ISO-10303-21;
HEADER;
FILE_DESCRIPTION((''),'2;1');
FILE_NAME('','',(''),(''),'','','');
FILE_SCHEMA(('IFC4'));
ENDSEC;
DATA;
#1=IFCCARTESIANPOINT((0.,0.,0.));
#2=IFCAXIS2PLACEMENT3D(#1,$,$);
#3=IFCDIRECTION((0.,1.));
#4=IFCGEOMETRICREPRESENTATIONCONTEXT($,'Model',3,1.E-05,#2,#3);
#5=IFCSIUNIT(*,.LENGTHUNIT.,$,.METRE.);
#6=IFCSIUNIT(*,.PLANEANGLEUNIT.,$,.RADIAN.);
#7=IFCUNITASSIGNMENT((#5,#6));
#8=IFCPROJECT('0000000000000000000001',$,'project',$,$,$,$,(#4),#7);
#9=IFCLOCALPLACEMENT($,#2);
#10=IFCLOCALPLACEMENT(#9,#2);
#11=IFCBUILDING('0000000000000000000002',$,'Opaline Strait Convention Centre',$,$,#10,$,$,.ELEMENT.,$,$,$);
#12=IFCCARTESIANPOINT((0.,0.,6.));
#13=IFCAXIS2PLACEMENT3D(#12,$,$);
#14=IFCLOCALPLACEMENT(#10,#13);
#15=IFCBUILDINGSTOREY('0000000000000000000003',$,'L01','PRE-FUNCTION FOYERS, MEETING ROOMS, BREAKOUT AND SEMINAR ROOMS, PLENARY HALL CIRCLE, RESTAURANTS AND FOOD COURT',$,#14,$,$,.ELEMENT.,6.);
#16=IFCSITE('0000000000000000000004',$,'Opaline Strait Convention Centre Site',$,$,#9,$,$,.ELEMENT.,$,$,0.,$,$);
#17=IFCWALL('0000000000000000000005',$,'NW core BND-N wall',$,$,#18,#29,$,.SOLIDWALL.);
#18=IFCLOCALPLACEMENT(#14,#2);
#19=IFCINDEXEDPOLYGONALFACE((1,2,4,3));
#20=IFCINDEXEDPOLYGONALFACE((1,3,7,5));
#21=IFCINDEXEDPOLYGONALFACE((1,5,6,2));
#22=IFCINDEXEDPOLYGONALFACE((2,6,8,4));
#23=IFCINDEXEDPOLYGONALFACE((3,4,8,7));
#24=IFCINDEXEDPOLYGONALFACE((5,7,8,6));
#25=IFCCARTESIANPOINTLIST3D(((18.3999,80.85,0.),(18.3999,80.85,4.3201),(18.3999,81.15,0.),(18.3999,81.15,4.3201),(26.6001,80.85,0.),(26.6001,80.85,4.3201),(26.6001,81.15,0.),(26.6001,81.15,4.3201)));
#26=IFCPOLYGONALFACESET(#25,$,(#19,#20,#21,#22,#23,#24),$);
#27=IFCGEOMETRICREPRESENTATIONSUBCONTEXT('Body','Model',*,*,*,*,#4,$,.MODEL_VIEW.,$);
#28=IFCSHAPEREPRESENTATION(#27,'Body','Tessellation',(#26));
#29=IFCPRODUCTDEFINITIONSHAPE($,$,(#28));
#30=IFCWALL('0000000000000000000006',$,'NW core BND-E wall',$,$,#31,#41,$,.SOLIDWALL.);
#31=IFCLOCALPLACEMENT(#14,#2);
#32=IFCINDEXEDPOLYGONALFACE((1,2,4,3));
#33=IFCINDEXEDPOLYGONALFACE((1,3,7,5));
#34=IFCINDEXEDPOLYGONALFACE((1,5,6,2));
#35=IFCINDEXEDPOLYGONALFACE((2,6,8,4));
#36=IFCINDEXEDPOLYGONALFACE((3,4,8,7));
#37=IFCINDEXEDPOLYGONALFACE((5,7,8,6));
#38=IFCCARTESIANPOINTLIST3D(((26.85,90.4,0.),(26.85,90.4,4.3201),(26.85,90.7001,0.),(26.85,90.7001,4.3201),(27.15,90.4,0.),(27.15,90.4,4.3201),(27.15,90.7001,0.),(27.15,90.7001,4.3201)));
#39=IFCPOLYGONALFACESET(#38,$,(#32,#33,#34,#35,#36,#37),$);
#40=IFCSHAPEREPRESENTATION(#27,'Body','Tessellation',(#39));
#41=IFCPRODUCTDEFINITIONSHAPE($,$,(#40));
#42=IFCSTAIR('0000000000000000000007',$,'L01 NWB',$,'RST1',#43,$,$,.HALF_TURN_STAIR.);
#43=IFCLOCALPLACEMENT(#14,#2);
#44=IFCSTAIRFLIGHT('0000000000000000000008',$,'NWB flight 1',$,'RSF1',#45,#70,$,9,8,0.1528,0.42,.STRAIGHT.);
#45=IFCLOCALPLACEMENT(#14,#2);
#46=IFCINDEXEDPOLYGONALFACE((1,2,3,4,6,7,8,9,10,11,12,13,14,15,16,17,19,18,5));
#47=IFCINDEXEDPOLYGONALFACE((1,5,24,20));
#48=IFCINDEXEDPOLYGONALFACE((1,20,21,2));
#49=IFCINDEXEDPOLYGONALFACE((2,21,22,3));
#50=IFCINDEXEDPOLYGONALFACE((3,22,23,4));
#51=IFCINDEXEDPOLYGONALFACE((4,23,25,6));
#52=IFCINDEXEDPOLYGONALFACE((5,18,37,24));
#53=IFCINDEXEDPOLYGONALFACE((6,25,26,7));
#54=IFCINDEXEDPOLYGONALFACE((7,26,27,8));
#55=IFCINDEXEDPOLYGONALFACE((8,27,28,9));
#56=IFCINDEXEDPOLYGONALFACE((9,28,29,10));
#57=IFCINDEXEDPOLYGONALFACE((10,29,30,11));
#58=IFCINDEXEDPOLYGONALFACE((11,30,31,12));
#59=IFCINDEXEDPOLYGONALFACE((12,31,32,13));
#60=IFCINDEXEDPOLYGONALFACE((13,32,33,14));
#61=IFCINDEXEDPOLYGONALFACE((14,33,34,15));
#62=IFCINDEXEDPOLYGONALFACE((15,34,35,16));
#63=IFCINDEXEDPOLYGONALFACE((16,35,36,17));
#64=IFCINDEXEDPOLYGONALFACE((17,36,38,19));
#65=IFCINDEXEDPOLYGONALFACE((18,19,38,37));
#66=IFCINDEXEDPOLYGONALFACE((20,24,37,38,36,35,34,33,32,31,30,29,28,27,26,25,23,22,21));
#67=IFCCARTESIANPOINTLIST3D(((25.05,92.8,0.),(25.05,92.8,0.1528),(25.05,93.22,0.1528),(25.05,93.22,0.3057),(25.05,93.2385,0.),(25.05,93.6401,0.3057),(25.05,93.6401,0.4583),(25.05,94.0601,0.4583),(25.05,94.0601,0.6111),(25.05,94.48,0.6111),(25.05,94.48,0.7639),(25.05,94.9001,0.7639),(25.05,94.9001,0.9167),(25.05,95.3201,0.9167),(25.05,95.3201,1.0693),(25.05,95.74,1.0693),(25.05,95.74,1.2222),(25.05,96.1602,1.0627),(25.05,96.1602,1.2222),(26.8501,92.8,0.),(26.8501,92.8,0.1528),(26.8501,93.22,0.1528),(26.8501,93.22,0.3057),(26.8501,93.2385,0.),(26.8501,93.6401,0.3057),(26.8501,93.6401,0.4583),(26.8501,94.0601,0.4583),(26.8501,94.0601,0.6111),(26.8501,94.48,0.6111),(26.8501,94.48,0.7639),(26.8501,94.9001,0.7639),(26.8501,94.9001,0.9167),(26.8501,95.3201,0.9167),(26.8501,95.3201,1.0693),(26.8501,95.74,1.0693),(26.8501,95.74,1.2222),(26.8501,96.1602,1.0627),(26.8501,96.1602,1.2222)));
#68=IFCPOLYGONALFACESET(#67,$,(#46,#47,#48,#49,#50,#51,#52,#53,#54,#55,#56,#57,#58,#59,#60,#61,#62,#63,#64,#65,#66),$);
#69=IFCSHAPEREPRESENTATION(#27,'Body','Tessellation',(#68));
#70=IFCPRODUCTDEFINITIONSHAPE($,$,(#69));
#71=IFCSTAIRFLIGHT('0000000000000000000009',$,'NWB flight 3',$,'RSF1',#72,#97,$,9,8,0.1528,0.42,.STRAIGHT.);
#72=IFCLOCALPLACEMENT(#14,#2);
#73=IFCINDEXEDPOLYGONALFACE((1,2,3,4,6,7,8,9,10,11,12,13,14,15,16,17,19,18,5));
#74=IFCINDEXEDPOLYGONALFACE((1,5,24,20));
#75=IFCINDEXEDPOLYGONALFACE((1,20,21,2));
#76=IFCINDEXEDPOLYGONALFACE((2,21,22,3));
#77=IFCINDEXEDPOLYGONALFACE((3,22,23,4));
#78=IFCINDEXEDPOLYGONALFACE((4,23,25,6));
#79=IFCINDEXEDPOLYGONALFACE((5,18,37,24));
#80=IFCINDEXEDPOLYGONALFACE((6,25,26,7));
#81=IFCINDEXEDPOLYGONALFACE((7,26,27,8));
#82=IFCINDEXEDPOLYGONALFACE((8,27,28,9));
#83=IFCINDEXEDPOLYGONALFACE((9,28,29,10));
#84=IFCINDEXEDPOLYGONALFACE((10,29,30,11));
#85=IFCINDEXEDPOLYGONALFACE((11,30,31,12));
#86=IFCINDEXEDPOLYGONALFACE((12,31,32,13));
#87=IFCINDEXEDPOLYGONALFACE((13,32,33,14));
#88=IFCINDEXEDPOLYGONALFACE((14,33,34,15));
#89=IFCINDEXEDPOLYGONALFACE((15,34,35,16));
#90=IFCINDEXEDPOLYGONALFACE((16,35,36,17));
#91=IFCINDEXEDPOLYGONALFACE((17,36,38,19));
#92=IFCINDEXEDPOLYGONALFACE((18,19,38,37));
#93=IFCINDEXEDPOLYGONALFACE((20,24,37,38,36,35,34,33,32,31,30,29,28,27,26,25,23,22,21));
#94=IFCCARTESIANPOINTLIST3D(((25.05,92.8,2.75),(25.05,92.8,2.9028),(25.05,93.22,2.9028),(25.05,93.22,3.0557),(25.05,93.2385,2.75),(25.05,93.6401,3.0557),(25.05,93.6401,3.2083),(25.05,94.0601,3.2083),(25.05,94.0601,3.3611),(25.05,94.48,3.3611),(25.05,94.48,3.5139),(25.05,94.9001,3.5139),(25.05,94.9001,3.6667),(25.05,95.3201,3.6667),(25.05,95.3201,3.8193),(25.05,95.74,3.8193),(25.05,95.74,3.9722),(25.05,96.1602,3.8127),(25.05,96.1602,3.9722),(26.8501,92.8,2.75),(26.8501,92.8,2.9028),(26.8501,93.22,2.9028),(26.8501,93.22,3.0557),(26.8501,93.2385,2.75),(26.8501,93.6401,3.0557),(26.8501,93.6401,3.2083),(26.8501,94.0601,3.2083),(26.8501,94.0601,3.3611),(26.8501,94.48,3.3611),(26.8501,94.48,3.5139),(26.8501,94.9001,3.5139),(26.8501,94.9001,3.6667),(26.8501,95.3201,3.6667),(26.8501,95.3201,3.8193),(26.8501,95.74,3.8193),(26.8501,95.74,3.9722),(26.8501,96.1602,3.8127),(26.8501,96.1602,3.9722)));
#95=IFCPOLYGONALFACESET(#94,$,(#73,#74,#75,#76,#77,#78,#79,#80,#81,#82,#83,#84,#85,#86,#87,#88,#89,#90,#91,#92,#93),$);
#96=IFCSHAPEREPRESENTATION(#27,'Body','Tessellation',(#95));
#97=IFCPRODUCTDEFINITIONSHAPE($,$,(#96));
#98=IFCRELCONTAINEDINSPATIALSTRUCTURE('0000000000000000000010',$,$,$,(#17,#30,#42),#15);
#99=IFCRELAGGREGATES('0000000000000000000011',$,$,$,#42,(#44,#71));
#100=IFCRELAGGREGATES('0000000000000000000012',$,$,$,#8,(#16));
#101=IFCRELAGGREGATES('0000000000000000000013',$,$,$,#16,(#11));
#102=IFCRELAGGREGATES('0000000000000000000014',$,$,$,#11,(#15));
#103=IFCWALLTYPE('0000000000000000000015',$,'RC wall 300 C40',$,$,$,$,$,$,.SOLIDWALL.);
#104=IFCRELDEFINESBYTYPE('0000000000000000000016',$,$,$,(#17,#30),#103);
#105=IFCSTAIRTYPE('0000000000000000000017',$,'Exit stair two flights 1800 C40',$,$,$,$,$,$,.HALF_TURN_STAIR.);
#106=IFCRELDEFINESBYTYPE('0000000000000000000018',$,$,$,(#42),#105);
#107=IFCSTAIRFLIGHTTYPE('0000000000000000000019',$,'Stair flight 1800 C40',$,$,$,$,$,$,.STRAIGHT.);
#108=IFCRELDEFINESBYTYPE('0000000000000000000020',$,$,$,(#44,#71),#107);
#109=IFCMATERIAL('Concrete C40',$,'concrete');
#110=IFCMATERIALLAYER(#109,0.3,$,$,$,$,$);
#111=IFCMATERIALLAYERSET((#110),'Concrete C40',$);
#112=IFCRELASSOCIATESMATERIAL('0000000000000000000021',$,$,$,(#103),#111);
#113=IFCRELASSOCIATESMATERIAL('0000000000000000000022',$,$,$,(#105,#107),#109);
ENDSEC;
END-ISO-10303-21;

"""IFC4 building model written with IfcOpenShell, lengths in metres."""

from ifc_helpers import new_model, si_unit, direction, frame, frame_2d, origin, place, context, subcontext, project, spatial, polyline, rectangle, outline, extrude, material, layer, layer_set, type_object, element, aggregate, save


model = new_model("IFC4")

# Units and contexts
model_context = context("Model", 3, precision=1e-05, world=origin(), true_north=direction((0.0, 1.0)))
body_context = subcontext(model_context, "Body", "Model", "MODEL_VIEW")
ifc_project = project(units=[si_unit("LENGTHUNIT", "METRE"), si_unit("PLANEANGLEUNIT", "RADIAN")], contexts=[model_context])

# Site, building, storey
site_placement = place(None, origin())
site = spatial("IfcSite", under=ifc_project, at=site_placement, Name="Opaline Strait Convention Centre Site", CompositionType="ELEMENT", RefElevation=0.0)
building_placement = place(site_placement, origin())
building = spatial("IfcBuilding", under=site, at=building_placement, Name="Opaline Strait Convention Centre", CompositionType="ELEMENT")
storey_placement = place(building_placement, frame((0.0, 0.0, 6.0)))
storey = spatial("IfcBuildingStorey", under=building, at=storey_placement, Name="L01", Description="PRE-FUNCTION FOYERS, MEETING ROOMS, BREAKOUT AND SEMINAR ROOMS, PLENARY HALL CIRCLE, RESTAURANTS AND FOOD COURT", CompositionType="ELEMENT", Elevation=6.0)

# Shared definitions
ifc_material_1 = material(Name="Concrete C40", Category="concrete")

# Shared definitions
ifc_layer_1 = layer(ifc_material_1, 0.3)
ifc_layer_set_1 = layer_set([ifc_layer_1], Name="Concrete C40")
wall_type_1 = type_object("IfcWallType", Name="RC wall 300 C40", PredefinedType="SOLIDWALL", material=ifc_layer_set_1)

# Wall
wall_1_placement = place(storey_placement, frame((18.3999, 81.0, 0.0), z_axis=(0.0, 0.0, 1.0), x_axis=(1.0, 0.0, 0.0)))
element("IfcWall", 1, at=wall_1_placement, inside=storey, type_object=wall_type_1, Name="NW core BND-N wall", PredefinedType="SOLIDWALL", context=body_context, shape_type="SweptSolid", body=[
    extrude(rectangle(XDim=8.2002, YDim=0.3, at=frame_2d((4.1001, 0.0))), origin(), (0.0, 0.0, 1.0), 4.3201),
])

# Wall
wall_2_placement = place(storey_placement, frame((27.0, 90.7, 0.0), z_axis=(0.0, 0.0, 1.0), x_axis=(0.0, -1.0, 0.0)))
element("IfcWall", 2, at=wall_2_placement, inside=storey, type_object=wall_type_1, Name="NW core BND-E wall", PredefinedType="SOLIDWALL", context=body_context, shape_type="SweptSolid", body=[
    extrude(rectangle(XDim=0.3, YDim=0.3, at=frame_2d((0.1499, 0.0))), origin(), (0.0, 0.0, 1.0), 4.3201),
])

# Stair, stair flights
stair_type = type_object("IfcStairType", Name="Exit stair two flights 1800 C40", PredefinedType="HALF_TURN_STAIR", material=ifc_material_1)
stair_placement = place(storey_placement, origin())
stair = element("IfcStair", 3, at=stair_placement, inside=storey, type_object=stair_type, Name="L01 NWB", ObjectType="RST1", PredefinedType="HALF_TURN_STAIR")
stair_flight_type = type_object("IfcStairFlightType", Name="Stair flight 1800 C40", PredefinedType="STRAIGHT", material=ifc_material_1)
stair_flight_1_placement = place(storey_placement, frame((25.95, 92.8, 0.0), z_axis=(0.0, 0.0, 1.0), x_axis=(0.0, 1.0, 0.0)))
stair_flight_1 = element("IfcStairFlight", 4, at=stair_flight_1_placement, type_object=stair_flight_type, Name="NWB flight 1", ObjectType="RSF1", NumberOfRisers=9, NumberOfTreads=8, PredefinedType="STRAIGHT", RiserHeight=0.1528, TreadLength=0.42, context=body_context, shape_type="SweptSolid", body=[
    extrude(outline(polyline([(0.0, 0.0), (0.0, 0.1528), (0.4199, 0.1528), (0.4199, 0.3057), (0.8401, 0.3057), (0.8401, 0.4583), (1.26, 0.4583), (1.26, 0.6111), (1.6799, 0.6111), (1.6799, 0.7639), (2.1001, 0.7639), (2.1001, 0.9167), (2.52, 0.9167), (2.52, 1.0693), (2.9399, 1.0693), (2.9399, 1.2222), (3.3601, 1.2222), (3.3601, 1.375), (3.3601, 1.0627), (0.4385, 0.0), (0.0, 0.0)])), frame((0.0, 0.8999, 0.0), z_axis=(0.0, -1.0, 0.0), x_axis=(1.0, 0.0, 0.0)), (0.0, 0.0, 1.0), 1.8),
])
stair_flight_2_placement = place(storey_placement, frame((25.95, 92.8, 2.75), z_axis=(0.0, 0.0, 1.0), x_axis=(0.0, 1.0, 0.0)))
stair_flight_2 = element("IfcStairFlight", 5, at=stair_flight_2_placement, type_object=stair_flight_type, Name="NWB flight 3", ObjectType="RSF1", NumberOfRisers=9, NumberOfTreads=8, PredefinedType="STRAIGHT", RiserHeight=0.1528, TreadLength=0.42, context=body_context, shape_type="SweptSolid", body=[
    extrude(outline(polyline([(0.0, 0.0), (0.0, 0.1528), (0.4199, 0.1528), (0.4199, 0.3057), (0.8401, 0.3057), (0.8401, 0.4583), (1.26, 0.4583), (1.26, 0.6111), (1.6799, 0.6111), (1.6799, 0.7639), (2.1001, 0.7639), (2.1001, 0.9167), (2.52, 0.9167), (2.52, 1.0693), (2.9399, 1.0693), (2.9399, 1.2222), (3.3601, 1.2222), (3.3601, 1.375), (3.3601, 1.0627), (0.4385, 0.0), (0.0, 0.0)])), frame((0.0, 0.8999, 0.0), z_axis=(0.0, -1.0, 0.0), x_axis=(1.0, 0.0, 0.0)), (0.0, 0.0, 1.0), 1.8),
])
aggregate(stair, [stair_flight_1, stair_flight_2])

save(model, "model.ifc")
